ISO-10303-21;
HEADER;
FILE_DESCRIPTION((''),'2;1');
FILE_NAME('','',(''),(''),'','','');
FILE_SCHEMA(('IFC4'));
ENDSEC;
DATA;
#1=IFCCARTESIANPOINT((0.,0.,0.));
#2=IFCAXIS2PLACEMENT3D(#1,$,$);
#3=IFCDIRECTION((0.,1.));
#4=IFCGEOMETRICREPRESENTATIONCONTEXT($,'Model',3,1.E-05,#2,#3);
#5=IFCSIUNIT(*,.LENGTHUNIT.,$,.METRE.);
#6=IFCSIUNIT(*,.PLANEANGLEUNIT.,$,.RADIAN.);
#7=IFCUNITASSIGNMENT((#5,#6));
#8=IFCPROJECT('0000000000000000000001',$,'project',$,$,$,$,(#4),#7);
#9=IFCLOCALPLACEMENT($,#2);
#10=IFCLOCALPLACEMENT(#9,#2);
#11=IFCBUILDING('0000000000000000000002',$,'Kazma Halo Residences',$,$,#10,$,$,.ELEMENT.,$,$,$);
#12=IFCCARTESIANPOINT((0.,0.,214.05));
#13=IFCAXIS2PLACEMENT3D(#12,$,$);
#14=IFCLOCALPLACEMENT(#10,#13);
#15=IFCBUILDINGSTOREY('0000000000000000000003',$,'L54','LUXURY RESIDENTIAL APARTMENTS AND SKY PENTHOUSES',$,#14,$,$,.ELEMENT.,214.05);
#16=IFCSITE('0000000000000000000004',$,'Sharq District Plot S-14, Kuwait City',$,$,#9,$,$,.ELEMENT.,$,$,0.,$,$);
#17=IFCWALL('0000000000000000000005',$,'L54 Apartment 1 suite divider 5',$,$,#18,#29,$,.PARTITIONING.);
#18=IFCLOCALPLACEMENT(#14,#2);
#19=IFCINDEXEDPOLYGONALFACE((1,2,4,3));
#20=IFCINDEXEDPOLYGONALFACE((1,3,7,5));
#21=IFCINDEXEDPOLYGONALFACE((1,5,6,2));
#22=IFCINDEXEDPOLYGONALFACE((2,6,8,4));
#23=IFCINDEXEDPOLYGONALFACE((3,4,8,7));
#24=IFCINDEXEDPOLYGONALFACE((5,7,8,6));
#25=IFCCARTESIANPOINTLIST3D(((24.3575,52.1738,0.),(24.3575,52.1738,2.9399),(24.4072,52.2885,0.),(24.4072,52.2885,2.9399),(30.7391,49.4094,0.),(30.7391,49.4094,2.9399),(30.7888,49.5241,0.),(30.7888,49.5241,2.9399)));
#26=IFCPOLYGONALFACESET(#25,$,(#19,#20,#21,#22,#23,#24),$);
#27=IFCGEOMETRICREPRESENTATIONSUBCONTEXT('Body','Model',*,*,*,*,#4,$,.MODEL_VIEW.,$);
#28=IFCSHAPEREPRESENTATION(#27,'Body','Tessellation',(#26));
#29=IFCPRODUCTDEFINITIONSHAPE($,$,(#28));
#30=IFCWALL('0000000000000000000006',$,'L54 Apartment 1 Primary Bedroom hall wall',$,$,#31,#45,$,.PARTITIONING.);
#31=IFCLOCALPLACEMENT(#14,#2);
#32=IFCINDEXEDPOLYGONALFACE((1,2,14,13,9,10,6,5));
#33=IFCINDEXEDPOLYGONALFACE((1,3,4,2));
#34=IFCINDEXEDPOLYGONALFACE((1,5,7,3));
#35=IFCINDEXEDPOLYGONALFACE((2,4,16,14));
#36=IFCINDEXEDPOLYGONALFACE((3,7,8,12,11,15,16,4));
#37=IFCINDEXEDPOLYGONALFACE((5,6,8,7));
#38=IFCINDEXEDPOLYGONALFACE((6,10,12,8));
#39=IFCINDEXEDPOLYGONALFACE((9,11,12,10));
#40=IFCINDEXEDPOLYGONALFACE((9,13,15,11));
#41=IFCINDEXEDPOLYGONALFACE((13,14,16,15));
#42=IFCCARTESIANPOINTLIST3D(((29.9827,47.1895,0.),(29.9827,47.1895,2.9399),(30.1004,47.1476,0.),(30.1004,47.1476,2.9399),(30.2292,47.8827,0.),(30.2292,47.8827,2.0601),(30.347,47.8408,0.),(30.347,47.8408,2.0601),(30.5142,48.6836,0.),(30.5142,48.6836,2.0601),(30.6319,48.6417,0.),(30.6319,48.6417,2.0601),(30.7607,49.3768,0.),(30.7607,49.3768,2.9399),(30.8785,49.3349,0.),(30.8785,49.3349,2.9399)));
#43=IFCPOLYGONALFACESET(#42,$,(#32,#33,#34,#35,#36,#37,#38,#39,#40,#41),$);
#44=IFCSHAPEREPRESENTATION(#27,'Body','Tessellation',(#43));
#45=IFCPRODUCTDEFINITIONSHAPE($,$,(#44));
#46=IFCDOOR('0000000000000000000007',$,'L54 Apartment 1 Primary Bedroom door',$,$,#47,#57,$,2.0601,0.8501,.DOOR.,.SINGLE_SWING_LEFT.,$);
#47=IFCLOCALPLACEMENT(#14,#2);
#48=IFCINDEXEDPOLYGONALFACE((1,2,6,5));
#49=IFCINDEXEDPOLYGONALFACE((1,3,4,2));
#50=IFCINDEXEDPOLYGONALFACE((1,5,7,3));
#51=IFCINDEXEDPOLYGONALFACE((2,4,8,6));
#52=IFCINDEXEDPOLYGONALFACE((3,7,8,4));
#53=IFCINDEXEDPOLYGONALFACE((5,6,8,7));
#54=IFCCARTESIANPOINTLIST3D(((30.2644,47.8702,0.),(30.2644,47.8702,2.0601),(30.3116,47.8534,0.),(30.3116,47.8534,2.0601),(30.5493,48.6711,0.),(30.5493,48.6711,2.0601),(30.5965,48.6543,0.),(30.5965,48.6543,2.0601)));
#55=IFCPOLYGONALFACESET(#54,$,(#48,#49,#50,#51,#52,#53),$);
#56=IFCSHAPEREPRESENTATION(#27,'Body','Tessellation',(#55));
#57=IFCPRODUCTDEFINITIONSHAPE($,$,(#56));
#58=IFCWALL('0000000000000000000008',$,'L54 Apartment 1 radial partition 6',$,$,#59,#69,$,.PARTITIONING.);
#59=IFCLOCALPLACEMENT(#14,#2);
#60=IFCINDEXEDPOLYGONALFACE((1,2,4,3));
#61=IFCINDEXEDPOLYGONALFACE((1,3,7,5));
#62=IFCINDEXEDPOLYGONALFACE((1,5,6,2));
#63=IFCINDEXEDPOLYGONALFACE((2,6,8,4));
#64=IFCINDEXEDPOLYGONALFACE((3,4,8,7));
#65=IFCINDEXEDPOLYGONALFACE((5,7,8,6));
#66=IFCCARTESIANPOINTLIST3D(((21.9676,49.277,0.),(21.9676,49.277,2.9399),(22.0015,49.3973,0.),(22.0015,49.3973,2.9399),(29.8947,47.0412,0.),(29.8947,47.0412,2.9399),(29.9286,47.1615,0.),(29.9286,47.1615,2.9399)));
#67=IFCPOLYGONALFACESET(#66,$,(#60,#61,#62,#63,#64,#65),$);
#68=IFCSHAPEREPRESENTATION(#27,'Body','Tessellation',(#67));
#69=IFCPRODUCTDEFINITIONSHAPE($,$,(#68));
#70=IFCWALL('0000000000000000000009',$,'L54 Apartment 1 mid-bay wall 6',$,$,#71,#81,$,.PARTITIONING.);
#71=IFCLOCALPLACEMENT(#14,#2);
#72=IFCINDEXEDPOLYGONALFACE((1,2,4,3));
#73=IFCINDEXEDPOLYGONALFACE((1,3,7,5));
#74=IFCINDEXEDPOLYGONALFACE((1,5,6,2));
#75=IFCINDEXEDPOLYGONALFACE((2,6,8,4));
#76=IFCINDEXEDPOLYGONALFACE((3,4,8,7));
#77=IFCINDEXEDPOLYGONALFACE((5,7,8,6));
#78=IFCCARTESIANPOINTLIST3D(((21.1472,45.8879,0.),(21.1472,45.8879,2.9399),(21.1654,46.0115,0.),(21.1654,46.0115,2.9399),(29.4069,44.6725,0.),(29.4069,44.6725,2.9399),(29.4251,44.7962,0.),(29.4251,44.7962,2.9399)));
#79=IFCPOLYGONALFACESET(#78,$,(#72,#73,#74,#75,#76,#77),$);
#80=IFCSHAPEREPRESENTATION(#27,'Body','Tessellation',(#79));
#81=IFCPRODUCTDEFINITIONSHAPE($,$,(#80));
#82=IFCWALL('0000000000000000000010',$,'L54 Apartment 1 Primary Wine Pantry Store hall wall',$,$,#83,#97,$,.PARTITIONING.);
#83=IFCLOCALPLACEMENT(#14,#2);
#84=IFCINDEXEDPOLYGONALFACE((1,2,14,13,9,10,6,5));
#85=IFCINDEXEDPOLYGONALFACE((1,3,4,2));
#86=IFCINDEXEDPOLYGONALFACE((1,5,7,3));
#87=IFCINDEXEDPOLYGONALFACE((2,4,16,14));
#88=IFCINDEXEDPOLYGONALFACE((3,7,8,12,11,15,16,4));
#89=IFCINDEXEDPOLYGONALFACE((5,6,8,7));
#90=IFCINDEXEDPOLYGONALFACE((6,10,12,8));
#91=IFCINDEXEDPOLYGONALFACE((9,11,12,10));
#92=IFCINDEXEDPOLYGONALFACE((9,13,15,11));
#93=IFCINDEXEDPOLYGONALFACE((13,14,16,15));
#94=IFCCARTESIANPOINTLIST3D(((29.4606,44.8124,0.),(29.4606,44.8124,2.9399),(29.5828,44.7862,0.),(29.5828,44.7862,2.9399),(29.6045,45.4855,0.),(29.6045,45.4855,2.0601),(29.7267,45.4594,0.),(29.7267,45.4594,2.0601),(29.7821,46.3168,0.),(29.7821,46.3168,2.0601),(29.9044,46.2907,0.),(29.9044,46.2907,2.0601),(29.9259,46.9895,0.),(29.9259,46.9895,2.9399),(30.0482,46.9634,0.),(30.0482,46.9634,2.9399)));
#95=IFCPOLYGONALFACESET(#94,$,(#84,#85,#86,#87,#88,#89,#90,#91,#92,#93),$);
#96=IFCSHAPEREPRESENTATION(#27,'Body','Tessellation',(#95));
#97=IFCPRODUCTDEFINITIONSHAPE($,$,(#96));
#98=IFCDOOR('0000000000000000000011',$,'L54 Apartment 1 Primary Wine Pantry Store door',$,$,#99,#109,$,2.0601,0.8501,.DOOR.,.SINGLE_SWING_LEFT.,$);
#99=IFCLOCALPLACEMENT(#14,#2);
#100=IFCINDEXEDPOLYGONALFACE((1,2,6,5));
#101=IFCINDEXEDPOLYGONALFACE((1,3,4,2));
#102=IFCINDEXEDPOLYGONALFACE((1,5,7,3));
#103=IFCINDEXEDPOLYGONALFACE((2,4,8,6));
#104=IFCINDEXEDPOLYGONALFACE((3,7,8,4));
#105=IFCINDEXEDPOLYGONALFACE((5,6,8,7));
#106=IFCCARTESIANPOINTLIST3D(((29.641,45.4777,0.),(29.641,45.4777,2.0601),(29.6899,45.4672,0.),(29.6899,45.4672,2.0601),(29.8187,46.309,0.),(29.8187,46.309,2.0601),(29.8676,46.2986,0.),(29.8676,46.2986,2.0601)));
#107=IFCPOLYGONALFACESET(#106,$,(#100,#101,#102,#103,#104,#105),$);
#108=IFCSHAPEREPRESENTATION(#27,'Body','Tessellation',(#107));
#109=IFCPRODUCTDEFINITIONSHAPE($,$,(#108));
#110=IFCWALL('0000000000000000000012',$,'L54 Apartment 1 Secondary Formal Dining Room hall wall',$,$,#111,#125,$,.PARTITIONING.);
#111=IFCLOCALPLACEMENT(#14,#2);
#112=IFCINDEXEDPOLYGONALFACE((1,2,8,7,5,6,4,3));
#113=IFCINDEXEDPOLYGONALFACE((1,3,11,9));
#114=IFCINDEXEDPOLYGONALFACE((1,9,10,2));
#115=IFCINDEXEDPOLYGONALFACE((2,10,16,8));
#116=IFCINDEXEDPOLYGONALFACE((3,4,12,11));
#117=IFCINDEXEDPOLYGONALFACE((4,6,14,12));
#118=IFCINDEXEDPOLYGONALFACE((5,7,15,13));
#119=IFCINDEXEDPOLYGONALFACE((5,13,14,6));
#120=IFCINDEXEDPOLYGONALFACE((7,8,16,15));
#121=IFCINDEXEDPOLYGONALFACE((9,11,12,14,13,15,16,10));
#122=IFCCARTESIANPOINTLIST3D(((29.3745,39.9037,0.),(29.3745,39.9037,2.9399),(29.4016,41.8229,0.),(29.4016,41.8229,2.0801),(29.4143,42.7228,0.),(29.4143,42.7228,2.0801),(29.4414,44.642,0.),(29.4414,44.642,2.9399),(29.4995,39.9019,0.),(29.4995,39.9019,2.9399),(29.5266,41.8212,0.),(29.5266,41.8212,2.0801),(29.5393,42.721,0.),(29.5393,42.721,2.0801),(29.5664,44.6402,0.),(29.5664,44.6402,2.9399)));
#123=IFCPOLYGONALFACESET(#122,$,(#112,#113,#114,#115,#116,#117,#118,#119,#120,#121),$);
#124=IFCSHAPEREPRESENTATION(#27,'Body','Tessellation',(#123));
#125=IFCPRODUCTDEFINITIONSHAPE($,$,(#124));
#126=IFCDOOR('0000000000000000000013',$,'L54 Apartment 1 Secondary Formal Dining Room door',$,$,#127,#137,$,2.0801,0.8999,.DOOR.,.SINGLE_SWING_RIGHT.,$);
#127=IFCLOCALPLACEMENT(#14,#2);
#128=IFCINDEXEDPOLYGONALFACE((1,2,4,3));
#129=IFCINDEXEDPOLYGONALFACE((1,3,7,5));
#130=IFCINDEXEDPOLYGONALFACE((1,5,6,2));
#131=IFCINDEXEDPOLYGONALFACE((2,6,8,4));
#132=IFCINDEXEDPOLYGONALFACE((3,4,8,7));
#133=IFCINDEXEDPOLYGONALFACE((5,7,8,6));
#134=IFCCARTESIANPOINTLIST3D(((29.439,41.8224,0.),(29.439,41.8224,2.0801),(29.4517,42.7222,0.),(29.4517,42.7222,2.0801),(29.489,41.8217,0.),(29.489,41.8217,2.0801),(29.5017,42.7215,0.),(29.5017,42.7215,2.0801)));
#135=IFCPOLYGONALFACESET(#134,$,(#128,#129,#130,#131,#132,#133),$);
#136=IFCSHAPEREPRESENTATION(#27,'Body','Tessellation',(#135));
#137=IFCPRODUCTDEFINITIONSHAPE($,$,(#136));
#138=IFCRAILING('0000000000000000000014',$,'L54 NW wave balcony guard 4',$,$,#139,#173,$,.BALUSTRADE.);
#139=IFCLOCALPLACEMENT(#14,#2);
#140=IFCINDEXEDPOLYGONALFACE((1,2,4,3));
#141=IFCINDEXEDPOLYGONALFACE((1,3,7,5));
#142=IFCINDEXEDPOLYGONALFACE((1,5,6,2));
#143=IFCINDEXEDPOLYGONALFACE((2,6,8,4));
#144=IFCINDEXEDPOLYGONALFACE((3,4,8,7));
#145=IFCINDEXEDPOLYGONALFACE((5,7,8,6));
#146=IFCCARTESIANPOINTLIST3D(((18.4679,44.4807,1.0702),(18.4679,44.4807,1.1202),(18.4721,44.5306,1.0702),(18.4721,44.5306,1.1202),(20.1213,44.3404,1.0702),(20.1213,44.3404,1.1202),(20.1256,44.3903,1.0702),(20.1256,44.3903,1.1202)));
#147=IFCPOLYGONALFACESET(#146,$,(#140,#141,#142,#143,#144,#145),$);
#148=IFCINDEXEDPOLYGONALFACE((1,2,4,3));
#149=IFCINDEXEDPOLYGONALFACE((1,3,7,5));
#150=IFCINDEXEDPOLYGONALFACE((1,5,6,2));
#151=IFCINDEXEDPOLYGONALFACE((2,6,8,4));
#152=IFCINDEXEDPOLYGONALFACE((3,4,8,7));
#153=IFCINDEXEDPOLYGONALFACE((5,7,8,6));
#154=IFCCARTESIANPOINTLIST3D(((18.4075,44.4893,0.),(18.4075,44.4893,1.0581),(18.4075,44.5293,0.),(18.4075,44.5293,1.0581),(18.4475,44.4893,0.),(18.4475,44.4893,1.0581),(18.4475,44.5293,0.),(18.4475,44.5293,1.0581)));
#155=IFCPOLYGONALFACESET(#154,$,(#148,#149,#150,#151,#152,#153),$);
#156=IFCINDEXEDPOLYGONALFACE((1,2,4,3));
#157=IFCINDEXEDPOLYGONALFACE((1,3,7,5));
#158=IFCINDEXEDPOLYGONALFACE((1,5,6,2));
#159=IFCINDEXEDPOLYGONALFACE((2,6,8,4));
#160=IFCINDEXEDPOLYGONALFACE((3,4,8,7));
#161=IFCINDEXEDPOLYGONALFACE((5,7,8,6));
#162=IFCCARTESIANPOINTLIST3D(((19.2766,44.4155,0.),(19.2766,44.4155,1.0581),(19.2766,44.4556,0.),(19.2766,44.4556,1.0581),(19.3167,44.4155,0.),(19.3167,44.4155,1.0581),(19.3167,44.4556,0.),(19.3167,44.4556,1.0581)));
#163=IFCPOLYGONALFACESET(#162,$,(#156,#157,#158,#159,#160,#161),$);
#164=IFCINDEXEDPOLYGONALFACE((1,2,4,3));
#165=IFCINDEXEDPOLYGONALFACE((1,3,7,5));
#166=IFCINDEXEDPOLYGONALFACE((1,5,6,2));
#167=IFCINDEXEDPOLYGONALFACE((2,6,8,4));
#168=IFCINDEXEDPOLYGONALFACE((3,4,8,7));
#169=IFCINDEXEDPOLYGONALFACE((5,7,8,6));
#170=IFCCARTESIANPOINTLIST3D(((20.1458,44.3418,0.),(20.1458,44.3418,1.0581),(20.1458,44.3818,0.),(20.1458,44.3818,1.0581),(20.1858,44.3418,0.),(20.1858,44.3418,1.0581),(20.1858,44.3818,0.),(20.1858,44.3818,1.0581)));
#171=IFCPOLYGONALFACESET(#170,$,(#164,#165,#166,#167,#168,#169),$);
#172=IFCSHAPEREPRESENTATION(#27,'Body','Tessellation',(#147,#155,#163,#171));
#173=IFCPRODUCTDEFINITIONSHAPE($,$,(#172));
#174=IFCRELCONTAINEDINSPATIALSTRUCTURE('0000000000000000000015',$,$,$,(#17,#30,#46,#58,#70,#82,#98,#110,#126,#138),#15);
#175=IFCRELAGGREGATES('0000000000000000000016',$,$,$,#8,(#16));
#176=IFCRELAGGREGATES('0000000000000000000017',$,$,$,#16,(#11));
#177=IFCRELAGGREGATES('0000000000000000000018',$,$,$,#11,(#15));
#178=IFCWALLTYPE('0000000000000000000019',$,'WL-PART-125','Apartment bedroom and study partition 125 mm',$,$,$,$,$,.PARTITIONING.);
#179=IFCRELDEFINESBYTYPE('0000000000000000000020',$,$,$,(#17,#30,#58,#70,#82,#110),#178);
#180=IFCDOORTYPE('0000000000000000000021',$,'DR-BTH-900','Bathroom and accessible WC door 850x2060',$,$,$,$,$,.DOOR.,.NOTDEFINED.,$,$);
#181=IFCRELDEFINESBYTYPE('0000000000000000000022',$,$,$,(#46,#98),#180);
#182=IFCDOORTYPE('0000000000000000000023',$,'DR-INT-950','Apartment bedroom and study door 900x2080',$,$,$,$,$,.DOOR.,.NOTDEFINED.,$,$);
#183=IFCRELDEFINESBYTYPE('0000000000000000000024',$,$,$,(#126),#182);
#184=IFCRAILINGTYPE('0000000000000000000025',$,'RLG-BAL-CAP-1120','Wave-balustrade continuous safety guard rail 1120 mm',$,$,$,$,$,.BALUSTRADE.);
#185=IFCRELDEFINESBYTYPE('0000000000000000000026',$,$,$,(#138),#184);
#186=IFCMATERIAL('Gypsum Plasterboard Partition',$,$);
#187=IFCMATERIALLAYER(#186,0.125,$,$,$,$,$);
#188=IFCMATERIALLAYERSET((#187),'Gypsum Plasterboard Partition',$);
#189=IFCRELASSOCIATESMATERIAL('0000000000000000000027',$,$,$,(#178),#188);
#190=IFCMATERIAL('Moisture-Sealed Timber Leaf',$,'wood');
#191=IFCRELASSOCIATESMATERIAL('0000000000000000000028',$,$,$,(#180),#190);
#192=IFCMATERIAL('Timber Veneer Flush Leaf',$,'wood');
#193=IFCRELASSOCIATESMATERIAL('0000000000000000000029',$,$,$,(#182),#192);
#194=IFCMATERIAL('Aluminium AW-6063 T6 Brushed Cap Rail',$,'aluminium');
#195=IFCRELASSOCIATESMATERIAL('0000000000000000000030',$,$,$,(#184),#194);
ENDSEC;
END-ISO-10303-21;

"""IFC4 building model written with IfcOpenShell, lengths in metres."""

from ifc_helpers import new_model, si_unit, direction, frame, frame_2d, origin, origin_2d, place, context, subcontext, project, spatial, rectangle, extrude, material, layer, layer_set, type_object, element, fill, save


model = new_model("IFC4")

# Units and contexts
model_context = context("Model", 3, precision=1e-05, world=origin(), true_north=direction((0.0, 1.0)))
body_context = subcontext(model_context, "Body", "Model", "MODEL_VIEW")
ifc_project = project(units=[si_unit("LENGTHUNIT", "METRE"), si_unit("PLANEANGLEUNIT", "RADIAN")], contexts=[model_context])

# Site, building, storey
site_placement = place(None, origin())
site = spatial("IfcSite", under=ifc_project, at=site_placement, Name="Sharq District Plot S-14, Kuwait City", CompositionType="ELEMENT", RefElevation=0.0)
building_placement = place(site_placement, origin())
building = spatial("IfcBuilding", under=site, at=building_placement, Name="Kazma Halo Residences", CompositionType="ELEMENT")
storey_placement = place(building_placement, frame((0.0, 0.0, 214.05)))
storey = spatial("IfcBuildingStorey", under=building, at=storey_placement, Name="L54", Description="LUXURY RESIDENTIAL APARTMENTS AND SKY PENTHOUSES", CompositionType="ELEMENT", Elevation=214.05)

# Wall
ifc_material_1 = material(Name="Gypsum Plasterboard Partition")
ifc_layer_1 = layer(ifc_material_1, 0.125)
ifc_layer_set_1 = layer_set([ifc_layer_1], Name="Gypsum Plasterboard Partition")
wall_type_1 = type_object("IfcWallType", Name="WL-PART-125", Description="Apartment bedroom and study partition 125 mm", PredefinedType="PARTITIONING", material=ifc_layer_set_1)
wall_1_placement = place(storey_placement, frame((30.7639, 49.4668, 0.0), z_axis=(0.0, 0.0, 1.0), x_axis=(-0.917606, 0.397492, 0.0)))
element("IfcWall", 1, at=wall_1_placement, inside=storey, type_object=wall_type_1, Name="L54 Apartment 1 suite divider 5", PredefinedType="PARTITIONING", context=body_context, shape_type="SweptSolid", body=[
    extrude(rectangle(XDim=6.9546, YDim=0.125, at=frame_2d((3.4773, 0.0))), origin(), (0.0, 0.0, 1.0), 2.9399),
])

# Wall, opening, door
wall_2_placement = place(storey_placement, frame((30.8196, 49.3557, 0.0), z_axis=(0.0, 0.0, 1.0), x_axis=(-0.335157, -0.942162, 0.0)))
wall_2 = element("IfcWall", 2, at=wall_2_placement, inside=storey, type_object=wall_type_1, Name="L54 Apartment 1 Primary Bedroom hall wall", PredefinedType="PARTITIONING", context=body_context, shape_type="SweptSolid", body=[
    extrude(rectangle(XDim=2.3215, YDim=0.125, at=frame_2d((1.1606, 0.0))), origin(), (0.0, 0.0, 1.0), 2.9399),
])
opening_1_placement = place(wall_2_placement, frame((0.7356, 0.0, 0.0)))
opening_1 = element("IfcOpeningElement", 3, at=opening_1_placement, cuts=wall_2, PredefinedType="OPENING", context=body_context, shape_type="SweptSolid", body=[
    extrude(rectangle(XDim=0.8501, YDim=2.0601, at=frame_2d((0.425, 1.03))), frame((0.0, 0.0725, 0.0), z_axis=(0.0, -1.0, 0.0), x_axis=(1.0, 0.0, 0.0)), (0.0, 0.0, 1.0), 0.145),
])
ifc_material_2 = material(Name="Moisture-Sealed Timber Leaf", Category="wood")
door_type_1 = type_object("IfcDoorType", Name="DR-BTH-900", Description="Bathroom and accessible WC door 850x2060", OperationType="NOTDEFINED", PredefinedType="DOOR", material=ifc_material_2)
door_1_placement = place(opening_1_placement, origin())
door_1 = element("IfcDoor", 4, at=door_1_placement, inside=storey, type_object=door_type_1, Name="L54 Apartment 1 Primary Bedroom door", OperationType="SINGLE_SWING_LEFT", OverallHeight=2.0601, OverallWidth=0.8501, PredefinedType="DOOR", context=body_context, shape_type="SweptSolid", body=[
    extrude(rectangle(XDim=0.8501, YDim=2.0601, at=frame_2d((0.425, 1.03))), frame((0.0, 0.0249, 0.0), z_axis=(0.0, -1.0, 0.0), x_axis=(1.0, 0.0, 0.0)), (0.0, 0.0, 1.0), 0.05),
])
fill(opening_1, door_1)

# Walls
wall_3_placement = place(storey_placement, frame((29.9116, 47.1013, 0.0), z_axis=(0.0, 0.0, 1.0), x_axis=(-0.962449, 0.271462, 0.0)))
element("IfcWall", 5, at=wall_3_placement, inside=storey, type_object=wall_type_1, Name="L54 Apartment 1 radial partition 6", PredefinedType="PARTITIONING", context=body_context, shape_type="SweptSolid", body=[
    extrude(rectangle(XDim=8.2363, YDim=0.125, at=frame_2d((4.1182, 0.0))), origin(), (0.0, 0.0, 1.0), 2.9399),
])
wall_4_placement = place(storey_placement, frame((29.416, 44.7344, 0.0), z_axis=(0.0, 0.0, 1.0), x_axis=(-0.989348, 0.145571, 0.0)))
element("IfcWall", 6, at=wall_4_placement, inside=storey, type_object=wall_type_1, Name="L54 Apartment 1 mid-bay wall 6", PredefinedType="PARTITIONING", context=body_context, shape_type="SweptSolid", body=[
    extrude(rectangle(XDim=8.3486, YDim=0.125, at=frame_2d((4.1743, 0.0))), origin(), (0.0, 0.0, 1.0), 2.9399),
])

# Walls, openings, doors
wall_5_placement = place(storey_placement, frame((29.9871, 46.9766, 0.0), z_axis=(0.0, 0.0, 1.0), x_axis=(-0.209005, -0.977915, 0.0)))
wall_5 = element("IfcWall", 7, at=wall_5_placement, inside=storey, type_object=wall_type_1, Name="L54 Apartment 1 Primary Wine Pantry Store hall wall", PredefinedType="PARTITIONING", context=body_context, shape_type="SweptSolid", body=[
    extrude(rectangle(XDim=2.2263, YDim=0.125, at=frame_2d((1.1133, 0.0))), origin(), (0.0, 0.0, 1.0), 2.9399),
])
opening_2_placement = place(wall_5_placement, frame((0.688, 0.0, 0.0)))
opening_2 = element("IfcOpeningElement", 8, at=opening_2_placement, cuts=wall_5, PredefinedType="OPENING", context=body_context, shape_type="SweptSolid", body=[
    extrude(rectangle(XDim=0.8501, YDim=2.0601, at=frame_2d((0.425, 1.03))), frame((0.0, 0.0725, 0.0), z_axis=(0.0, -1.0, 0.0), x_axis=(1.0, 0.0, 0.0)), (0.0, 0.0, 1.0), 0.145),
])
door_2_placement = place(opening_2_placement, origin())
door_2 = element("IfcDoor", 9, at=door_2_placement, inside=storey, type_object=door_type_1, Name="L54 Apartment 1 Primary Wine Pantry Store door", OperationType="SINGLE_SWING_LEFT", OverallHeight=2.0601, OverallWidth=0.8501, PredefinedType="DOOR", context=body_context, shape_type="SweptSolid", body=[
    extrude(rectangle(XDim=0.8501, YDim=2.0601, at=frame_2d((0.425, 1.03))), frame((0.0, 0.0249, 0.0), z_axis=(0.0, -1.0, 0.0), x_axis=(1.0, 0.0, 0.0)), (0.0, 0.0, 1.0), 0.05),
])
fill(opening_2, door_2)
wall_6_placement = place(storey_placement, frame((29.5039, 44.6411, 0.0), z_axis=(0.0, 0.0, 1.0), x_axis=(-0.014116, -0.9999, 0.0)))
wall_6 = element("IfcWall", 10, at=wall_6_placement, inside=storey, type_object=wall_type_1, Name="L54 Apartment 1 Secondary Formal Dining Room hall wall", PredefinedType="PARTITIONING", context=body_context, shape_type="SweptSolid", body=[
    extrude(rectangle(XDim=4.7388, YDim=0.125, at=frame_2d((2.3694, 0.0))), origin(), (0.0, 0.0, 1.0), 2.9399),
])
opening_3_placement = place(wall_6_placement, frame((1.9194, 0.0, 0.0)))
opening_3 = element("IfcOpeningElement", 11, at=opening_3_placement, cuts=wall_6, PredefinedType="OPENING", context=body_context, shape_type="SweptSolid", body=[
    extrude(rectangle(XDim=0.8999, YDim=2.0801, at=frame_2d((0.45, 1.04))), frame((0.0, 0.0725, 0.0), z_axis=(0.0, -1.0, 0.0), x_axis=(1.0, 0.0, 0.0)), (0.0, 0.0, 1.0), 0.145),
])
ifc_material_3 = material(Name="Timber Veneer Flush Leaf", Category="wood")
door_type_2 = type_object("IfcDoorType", Name="DR-INT-950", Description="Apartment bedroom and study door 900x2080", OperationType="NOTDEFINED", PredefinedType="DOOR", material=ifc_material_3)
door_3_placement = place(opening_3_placement, origin())
door_3 = element("IfcDoor", 12, at=door_3_placement, inside=storey, type_object=door_type_2, Name="L54 Apartment 1 Secondary Formal Dining Room door", OperationType="SINGLE_SWING_RIGHT", OverallHeight=2.0801, OverallWidth=0.8999, PredefinedType="DOOR", context=body_context, shape_type="SweptSolid", body=[
    extrude(rectangle(XDim=0.8999, YDim=2.0801, at=frame_2d((0.45, 1.04))), frame((0.0, 0.0249, 0.0), z_axis=(0.0, -1.0, 0.0), x_axis=(1.0, 0.0, 0.0)), (0.0, 0.0, 1.0), 0.05),
])
fill(opening_3, door_3)

# Railing
ifc_material_4 = material(Name="Aluminium AW-6063 T6 Brushed Cap Rail", Category="aluminium")
railing_type = type_object("IfcRailingType", Name="RLG-BAL-CAP-1120", Description="Wave-balustrade continuous safety guard rail 1120 mm", PredefinedType="BALUSTRADE", material=ifc_material_4)
railing_placement = place(storey_placement, frame((18.4275, 44.5093, 0.0)))
element("IfcRailing", 13, at=railing_placement, inside=storey, type_object=railing_type, Name="L54 NW wave balcony guard 4", PredefinedType="BALUSTRADE", context=body_context, shape_type="SweptSolid", body=[
    extrude(rectangle(XDim=0.05, YDim=0.05, at=origin_2d()), frame((0.0425, -0.0037, 1.0952), z_axis=(0.996421, -0.084528, 0.0), x_axis=(0.084528, 0.996421, 0.0)), (0.0, 0.0, 1.0), 1.6594),
    extrude(rectangle(XDim=0.04, YDim=0.04, at=origin_2d()), origin(), (0.0, 0.0, 1.0), 1.0581),
    extrude(rectangle(XDim=0.04, YDim=0.04, at=origin_2d()), frame((0.8691, -0.0737, 0.0)), (0.0, 0.0, 1.0), 1.0581),
    extrude(rectangle(XDim=0.04, YDim=0.04, at=origin_2d()), frame((1.7383, -0.1475, 0.0)), (0.0, 0.0, 1.0), 1.0581),
])

save(model, "model.ifc")
